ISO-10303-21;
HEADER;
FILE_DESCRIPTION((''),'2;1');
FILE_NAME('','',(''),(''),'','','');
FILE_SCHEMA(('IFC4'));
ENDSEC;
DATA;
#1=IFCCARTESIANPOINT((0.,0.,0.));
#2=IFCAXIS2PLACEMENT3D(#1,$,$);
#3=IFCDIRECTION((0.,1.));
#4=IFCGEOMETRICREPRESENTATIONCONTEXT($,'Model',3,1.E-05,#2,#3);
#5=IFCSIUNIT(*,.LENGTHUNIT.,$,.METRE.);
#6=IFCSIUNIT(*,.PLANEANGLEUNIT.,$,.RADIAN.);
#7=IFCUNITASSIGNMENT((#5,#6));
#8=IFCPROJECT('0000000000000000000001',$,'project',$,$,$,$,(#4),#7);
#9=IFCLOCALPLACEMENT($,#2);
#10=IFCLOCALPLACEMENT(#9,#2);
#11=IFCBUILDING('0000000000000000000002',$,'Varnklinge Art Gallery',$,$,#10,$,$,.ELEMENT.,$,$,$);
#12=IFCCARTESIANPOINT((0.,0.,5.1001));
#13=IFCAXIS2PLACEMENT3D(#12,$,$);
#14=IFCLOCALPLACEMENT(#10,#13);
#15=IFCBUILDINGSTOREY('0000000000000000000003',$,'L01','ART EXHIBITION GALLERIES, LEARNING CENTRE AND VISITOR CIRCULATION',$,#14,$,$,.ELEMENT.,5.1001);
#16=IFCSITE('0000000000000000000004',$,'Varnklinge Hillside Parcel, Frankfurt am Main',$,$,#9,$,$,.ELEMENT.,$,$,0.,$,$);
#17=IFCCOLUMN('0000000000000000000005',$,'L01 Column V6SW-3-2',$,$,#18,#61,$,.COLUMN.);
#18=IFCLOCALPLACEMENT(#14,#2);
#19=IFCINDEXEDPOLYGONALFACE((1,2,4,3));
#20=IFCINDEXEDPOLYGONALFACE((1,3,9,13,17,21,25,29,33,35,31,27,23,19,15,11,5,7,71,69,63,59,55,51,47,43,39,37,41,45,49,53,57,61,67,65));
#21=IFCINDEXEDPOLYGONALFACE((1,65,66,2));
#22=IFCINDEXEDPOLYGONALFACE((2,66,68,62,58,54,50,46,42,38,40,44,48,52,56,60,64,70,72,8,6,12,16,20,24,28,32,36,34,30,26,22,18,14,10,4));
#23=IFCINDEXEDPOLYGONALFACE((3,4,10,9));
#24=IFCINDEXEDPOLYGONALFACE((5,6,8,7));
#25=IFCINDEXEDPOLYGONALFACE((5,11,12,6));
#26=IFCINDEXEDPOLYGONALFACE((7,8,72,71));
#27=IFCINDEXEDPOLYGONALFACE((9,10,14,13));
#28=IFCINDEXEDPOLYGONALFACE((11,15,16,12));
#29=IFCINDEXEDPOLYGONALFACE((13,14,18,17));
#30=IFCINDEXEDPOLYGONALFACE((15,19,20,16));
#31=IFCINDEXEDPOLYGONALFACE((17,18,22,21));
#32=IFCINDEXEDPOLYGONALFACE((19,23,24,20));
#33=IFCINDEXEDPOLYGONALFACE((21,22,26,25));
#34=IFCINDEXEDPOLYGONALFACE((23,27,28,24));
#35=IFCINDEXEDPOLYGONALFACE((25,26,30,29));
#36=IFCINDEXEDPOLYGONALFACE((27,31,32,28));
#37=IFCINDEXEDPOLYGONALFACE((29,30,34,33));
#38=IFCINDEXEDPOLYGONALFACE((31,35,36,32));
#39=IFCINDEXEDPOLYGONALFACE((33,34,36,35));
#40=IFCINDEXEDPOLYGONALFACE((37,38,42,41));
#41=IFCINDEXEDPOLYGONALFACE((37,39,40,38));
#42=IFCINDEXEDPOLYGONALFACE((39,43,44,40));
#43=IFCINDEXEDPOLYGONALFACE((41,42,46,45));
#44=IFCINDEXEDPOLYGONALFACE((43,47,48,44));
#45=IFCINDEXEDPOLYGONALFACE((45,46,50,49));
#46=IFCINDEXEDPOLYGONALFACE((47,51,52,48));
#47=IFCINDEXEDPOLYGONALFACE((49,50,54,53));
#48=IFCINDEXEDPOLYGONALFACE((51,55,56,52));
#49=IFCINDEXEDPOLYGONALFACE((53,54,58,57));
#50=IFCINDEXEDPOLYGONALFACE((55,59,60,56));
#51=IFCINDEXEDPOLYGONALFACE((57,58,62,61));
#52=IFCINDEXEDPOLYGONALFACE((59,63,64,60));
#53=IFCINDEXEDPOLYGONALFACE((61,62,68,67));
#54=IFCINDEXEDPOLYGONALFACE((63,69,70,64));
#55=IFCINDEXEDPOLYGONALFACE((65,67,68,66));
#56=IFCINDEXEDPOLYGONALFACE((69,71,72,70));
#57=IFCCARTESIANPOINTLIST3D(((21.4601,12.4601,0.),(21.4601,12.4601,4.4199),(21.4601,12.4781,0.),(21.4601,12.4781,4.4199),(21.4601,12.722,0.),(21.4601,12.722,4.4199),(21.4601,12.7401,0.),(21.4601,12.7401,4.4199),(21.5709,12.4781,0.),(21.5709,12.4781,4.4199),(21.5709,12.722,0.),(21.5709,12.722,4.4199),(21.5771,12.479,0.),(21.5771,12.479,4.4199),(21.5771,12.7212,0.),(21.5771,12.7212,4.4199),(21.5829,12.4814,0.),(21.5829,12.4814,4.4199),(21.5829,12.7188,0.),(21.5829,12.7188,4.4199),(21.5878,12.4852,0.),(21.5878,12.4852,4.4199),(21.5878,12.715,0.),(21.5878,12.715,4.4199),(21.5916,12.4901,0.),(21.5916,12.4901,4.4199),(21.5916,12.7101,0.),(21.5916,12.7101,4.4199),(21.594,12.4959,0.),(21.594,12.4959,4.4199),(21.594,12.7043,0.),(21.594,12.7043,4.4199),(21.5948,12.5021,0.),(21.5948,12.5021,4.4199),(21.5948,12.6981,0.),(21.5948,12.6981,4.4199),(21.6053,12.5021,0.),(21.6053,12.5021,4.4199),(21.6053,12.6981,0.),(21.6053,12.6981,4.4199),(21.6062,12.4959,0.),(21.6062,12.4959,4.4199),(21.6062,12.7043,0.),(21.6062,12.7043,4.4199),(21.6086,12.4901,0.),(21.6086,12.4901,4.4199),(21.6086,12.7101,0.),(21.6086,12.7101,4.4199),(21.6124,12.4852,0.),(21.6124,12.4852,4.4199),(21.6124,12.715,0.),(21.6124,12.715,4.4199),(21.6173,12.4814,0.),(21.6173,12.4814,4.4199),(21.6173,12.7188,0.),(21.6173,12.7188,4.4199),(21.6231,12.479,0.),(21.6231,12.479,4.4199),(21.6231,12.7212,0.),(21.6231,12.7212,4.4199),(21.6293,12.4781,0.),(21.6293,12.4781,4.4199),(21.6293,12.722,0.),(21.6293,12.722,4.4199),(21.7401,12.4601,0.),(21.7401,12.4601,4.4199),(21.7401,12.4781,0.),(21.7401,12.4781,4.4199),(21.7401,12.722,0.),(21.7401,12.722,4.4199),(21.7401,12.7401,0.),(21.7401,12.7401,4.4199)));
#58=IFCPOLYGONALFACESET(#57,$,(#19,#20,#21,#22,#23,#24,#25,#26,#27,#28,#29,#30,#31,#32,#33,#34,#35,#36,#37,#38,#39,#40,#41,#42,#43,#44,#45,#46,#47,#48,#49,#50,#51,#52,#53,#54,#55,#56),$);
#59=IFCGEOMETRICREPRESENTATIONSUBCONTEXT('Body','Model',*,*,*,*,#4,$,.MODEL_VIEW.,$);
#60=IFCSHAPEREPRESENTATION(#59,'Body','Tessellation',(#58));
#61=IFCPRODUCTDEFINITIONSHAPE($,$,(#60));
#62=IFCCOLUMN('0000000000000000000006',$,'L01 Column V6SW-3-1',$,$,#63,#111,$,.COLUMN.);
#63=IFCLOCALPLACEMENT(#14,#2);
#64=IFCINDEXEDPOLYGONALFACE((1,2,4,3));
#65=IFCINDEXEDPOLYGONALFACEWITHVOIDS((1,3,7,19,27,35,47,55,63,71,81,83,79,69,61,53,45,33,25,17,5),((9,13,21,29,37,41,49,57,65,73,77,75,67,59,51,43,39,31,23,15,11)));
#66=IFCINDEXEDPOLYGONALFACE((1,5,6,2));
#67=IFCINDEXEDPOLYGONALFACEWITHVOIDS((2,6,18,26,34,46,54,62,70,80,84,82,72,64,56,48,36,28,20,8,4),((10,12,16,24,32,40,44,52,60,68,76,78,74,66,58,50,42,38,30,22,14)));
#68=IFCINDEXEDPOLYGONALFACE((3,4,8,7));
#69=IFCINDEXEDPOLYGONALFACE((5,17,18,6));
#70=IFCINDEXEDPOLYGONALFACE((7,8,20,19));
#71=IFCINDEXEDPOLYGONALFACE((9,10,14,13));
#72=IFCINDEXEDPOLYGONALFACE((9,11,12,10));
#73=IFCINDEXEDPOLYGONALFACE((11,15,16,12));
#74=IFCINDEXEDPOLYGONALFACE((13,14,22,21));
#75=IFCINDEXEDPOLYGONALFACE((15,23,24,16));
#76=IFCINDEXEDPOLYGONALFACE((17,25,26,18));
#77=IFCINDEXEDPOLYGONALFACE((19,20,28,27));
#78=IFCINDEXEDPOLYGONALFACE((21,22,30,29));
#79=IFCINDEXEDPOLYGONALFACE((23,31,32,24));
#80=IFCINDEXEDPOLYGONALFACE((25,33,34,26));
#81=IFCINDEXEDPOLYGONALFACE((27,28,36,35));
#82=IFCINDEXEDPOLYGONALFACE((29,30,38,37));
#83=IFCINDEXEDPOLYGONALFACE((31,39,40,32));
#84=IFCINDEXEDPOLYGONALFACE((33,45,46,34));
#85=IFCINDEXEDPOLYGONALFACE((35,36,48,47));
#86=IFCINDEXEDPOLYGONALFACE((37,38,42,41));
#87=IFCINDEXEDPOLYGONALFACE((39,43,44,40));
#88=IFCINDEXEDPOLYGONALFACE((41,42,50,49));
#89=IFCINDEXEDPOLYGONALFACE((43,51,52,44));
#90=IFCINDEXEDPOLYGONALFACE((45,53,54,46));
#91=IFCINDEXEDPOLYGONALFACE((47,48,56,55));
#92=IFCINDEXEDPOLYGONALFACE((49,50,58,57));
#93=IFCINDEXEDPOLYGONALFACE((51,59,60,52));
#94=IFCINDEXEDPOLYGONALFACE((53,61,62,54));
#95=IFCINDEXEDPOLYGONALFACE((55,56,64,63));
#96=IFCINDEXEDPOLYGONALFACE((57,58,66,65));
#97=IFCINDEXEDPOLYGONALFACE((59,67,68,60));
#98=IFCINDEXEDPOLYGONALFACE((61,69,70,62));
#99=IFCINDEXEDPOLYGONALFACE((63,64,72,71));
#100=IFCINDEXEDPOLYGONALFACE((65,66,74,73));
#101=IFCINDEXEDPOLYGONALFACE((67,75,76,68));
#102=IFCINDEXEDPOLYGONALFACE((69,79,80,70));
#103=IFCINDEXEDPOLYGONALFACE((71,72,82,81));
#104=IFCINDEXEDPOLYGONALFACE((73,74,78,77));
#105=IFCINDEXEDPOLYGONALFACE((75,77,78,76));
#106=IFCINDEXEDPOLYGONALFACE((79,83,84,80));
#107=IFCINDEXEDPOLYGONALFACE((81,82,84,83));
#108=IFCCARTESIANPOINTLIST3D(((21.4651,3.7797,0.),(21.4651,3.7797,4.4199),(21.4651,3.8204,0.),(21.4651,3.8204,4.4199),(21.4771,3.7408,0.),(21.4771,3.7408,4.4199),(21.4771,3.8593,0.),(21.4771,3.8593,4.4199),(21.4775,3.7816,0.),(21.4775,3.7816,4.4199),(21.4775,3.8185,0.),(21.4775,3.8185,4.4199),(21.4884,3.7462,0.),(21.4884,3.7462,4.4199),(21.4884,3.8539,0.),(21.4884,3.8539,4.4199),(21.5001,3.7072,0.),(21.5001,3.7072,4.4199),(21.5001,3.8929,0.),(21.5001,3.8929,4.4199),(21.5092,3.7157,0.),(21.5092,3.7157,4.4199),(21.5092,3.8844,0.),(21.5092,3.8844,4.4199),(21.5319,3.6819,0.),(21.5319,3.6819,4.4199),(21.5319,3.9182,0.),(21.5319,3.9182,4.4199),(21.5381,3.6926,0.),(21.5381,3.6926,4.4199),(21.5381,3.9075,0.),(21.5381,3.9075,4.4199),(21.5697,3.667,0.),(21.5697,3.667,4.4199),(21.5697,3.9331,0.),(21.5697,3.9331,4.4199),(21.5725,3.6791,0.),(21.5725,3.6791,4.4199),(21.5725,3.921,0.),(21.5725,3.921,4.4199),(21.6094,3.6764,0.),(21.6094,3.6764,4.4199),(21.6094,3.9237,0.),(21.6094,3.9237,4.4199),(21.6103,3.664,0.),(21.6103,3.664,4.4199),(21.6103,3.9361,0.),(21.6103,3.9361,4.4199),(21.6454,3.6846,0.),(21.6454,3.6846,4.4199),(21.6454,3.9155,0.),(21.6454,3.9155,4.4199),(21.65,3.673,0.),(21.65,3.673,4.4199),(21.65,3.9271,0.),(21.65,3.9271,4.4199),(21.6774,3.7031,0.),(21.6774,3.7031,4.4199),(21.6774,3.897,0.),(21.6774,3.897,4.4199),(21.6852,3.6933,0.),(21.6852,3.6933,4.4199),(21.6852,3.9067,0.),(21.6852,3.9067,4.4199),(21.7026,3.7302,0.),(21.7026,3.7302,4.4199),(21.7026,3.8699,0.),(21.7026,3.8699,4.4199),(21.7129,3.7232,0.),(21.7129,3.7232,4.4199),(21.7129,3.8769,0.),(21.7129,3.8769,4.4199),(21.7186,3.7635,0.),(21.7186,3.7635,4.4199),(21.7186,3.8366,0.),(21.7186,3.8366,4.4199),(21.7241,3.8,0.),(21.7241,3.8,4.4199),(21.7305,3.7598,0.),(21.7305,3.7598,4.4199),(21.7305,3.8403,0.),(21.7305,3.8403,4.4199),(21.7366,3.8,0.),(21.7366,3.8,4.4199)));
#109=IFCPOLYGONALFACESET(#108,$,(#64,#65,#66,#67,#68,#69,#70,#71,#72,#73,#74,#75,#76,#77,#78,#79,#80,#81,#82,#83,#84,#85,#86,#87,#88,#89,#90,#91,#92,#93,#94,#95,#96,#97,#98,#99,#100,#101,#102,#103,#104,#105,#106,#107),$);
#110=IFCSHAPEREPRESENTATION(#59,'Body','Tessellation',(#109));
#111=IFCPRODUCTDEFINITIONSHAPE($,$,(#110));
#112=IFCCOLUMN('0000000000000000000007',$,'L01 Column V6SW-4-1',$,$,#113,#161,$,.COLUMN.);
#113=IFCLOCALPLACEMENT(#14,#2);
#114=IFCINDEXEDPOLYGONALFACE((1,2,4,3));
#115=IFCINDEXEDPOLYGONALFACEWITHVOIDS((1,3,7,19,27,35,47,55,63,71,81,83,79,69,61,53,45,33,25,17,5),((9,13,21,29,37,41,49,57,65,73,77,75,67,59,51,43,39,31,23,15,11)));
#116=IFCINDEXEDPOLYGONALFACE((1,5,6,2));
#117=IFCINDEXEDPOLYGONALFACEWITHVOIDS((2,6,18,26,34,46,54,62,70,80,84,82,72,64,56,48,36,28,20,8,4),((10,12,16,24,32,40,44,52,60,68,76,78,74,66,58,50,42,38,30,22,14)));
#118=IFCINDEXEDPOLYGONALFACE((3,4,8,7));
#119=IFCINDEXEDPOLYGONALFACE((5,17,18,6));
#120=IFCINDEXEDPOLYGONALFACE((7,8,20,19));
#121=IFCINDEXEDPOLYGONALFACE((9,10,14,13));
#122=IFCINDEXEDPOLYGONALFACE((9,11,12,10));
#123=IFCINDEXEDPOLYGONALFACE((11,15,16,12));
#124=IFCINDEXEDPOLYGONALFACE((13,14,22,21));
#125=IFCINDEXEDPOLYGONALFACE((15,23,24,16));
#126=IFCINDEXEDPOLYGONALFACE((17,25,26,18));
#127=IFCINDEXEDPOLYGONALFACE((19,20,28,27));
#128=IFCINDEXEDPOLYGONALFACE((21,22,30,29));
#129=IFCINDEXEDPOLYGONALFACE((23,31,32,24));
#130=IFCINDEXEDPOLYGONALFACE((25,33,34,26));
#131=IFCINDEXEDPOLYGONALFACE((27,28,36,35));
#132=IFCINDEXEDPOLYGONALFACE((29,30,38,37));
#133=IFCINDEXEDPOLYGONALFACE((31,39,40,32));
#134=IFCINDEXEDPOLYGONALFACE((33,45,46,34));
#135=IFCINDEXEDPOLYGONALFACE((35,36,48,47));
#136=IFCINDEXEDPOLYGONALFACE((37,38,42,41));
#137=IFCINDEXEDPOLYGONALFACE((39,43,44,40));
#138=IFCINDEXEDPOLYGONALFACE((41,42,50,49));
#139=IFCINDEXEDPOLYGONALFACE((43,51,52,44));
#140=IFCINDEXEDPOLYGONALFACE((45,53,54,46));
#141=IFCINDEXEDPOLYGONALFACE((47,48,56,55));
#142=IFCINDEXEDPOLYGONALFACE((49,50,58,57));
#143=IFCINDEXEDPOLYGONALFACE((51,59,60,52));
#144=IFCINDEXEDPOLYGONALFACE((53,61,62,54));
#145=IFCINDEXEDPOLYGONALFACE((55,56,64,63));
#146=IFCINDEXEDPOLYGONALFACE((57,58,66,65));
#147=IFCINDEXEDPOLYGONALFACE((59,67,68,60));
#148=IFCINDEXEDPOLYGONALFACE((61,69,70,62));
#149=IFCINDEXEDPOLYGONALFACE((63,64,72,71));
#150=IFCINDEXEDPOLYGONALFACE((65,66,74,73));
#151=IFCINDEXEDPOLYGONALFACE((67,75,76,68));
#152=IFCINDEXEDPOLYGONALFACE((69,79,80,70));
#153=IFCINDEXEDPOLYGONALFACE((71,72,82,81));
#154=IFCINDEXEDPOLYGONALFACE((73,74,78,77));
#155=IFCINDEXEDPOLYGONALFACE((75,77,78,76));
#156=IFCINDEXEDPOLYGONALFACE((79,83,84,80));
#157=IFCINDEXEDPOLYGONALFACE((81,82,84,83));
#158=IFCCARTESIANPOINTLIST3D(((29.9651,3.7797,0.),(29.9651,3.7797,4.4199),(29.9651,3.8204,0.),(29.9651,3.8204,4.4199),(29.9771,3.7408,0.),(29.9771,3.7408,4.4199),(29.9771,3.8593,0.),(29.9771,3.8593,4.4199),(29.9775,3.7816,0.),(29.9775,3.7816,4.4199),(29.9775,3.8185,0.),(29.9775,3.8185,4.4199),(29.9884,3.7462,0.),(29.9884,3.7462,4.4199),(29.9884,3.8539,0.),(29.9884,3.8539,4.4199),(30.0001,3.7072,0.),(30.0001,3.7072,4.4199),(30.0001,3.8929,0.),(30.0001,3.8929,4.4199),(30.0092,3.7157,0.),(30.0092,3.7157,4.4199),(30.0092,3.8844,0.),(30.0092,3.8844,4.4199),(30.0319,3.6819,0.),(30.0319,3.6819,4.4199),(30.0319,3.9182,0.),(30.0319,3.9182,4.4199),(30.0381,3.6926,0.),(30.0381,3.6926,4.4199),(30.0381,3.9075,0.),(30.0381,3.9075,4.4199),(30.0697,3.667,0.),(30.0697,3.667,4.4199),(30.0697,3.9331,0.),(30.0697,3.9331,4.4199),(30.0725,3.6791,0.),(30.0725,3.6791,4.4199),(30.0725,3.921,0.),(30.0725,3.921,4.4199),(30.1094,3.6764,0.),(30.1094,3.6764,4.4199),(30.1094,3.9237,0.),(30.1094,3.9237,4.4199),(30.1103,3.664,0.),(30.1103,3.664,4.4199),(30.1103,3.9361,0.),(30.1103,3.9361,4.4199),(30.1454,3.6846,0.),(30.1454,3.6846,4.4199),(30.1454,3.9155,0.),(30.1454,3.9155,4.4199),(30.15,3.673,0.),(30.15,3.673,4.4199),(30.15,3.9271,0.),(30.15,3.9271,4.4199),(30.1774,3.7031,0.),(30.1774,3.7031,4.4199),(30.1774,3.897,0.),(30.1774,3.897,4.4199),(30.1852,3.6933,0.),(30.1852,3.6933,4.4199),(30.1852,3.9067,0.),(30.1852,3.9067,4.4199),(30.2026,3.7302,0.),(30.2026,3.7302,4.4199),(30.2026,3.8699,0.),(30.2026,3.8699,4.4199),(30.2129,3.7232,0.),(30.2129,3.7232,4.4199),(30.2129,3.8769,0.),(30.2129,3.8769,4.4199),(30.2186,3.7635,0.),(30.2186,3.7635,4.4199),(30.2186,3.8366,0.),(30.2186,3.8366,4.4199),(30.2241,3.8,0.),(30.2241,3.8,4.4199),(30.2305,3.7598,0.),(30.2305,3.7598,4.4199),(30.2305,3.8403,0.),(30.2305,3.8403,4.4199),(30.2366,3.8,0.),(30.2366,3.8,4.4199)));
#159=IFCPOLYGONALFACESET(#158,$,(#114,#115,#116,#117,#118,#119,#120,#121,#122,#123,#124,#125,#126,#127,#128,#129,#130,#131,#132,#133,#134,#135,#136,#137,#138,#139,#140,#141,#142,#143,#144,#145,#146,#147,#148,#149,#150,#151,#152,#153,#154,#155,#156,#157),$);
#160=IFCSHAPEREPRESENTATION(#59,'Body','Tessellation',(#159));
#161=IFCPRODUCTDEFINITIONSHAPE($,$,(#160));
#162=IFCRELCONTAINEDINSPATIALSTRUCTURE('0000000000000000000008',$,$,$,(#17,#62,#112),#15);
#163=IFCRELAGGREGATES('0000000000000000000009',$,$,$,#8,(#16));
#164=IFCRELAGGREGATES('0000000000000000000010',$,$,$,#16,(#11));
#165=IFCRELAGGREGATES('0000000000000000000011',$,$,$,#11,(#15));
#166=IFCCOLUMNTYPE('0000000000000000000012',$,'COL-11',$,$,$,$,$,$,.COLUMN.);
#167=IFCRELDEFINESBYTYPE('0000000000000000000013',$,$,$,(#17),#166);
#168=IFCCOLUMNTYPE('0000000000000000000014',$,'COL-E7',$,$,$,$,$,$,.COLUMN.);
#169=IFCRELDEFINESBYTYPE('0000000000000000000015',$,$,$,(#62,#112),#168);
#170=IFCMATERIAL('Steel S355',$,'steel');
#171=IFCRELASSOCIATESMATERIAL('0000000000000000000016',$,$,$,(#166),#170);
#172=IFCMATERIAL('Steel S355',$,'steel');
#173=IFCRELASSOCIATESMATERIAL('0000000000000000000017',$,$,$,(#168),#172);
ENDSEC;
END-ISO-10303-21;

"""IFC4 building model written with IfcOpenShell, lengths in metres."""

from ifc_helpers import new_model, si_unit, direction, frame, origin, origin_2d, place, context, subcontext, project, spatial, hollow_circle, i_section, extrude, material, material_profile, profile_set, type_object, element, save


model = new_model("IFC4")

# Units and contexts
model_context = context("Model", 3, precision=1e-05, world=origin(), true_north=direction((0.0, 1.0)))
body_context = subcontext(model_context, "Body", "Model", "MODEL_VIEW")
ifc_project = project(units=[si_unit("LENGTHUNIT", "METRE"), si_unit("PLANEANGLEUNIT", "RADIAN")], contexts=[model_context])

# Site, building, storey
site_placement = place(None, origin())
site = spatial("IfcSite", under=ifc_project, at=site_placement, Name="Varnklinge Hillside Parcel, Frankfurt am Main", CompositionType="ELEMENT", RefElevation=0.0)
building_placement = place(site_placement, origin())
building = spatial("IfcBuilding", under=site, at=building_placement, Name="Varnklinge Art Gallery", CompositionType="ELEMENT")
storey_placement = place(building_placement, frame((0.0, 0.0, 5.1001)))
storey = spatial("IfcBuildingStorey", under=building, at=storey_placement, Name="L01", Description="ART EXHIBITION GALLERIES, LEARNING CENTRE AND VISITOR CIRCULATION", CompositionType="ELEMENT", Elevation=5.1001)

# Columns
ifc_material_1 = material(Name="Steel S355", Category="steel")
ifc_material_profile_1 = material_profile(ifc_material_1, i_section(OverallWidth=0.28, OverallDepth=0.28, WebThickness=0.0105, FlangeThickness=0.0181, FilletRadius=0.0239, at=origin_2d()), Name="HEB 280")
ifc_profile_set_1 = profile_set([ifc_material_profile_1], Name="Steel S355")
column_type_1 = type_object("IfcColumnType", Name="COL-11", PredefinedType="COLUMN", material=ifc_profile_set_1)
column_placement = place(storey_placement, frame((21.6001, 12.6001, 0.0), z_axis=(0.0, 0.0, 1.0), x_axis=(1.0, 0.0, 0.0)))
element("IfcColumn", 1, at=column_placement, inside=storey, type_object=column_type_1, Name="L01 Column V6SW-3-2", PredefinedType="COLUMN", context=body_context, shape_type="SweptSolid", body=[
    extrude(i_section(OverallWidth=0.28, OverallDepth=0.28, WebThickness=0.0105, FlangeThickness=0.0181, FilletRadius=0.0239, at=origin_2d()), origin(), (0.0, 0.0, 1.0), 4.4199),
])
ifc_material_2 = material(Name="Steel S355", Category="steel")
ifc_material_profile_2 = material_profile(ifc_material_2, hollow_circle(Radius=0.1365, WallThickness=0.0125, at=origin_2d()), Name="CHS 273x12.5")
ifc_profile_set_2 = profile_set([ifc_material_profile_2], Name="Steel S355")
column_type_2 = type_object("IfcColumnType", Name="COL-E7", PredefinedType="COLUMN", material=ifc_profile_set_2)
for number, where, z_axis, x_axis, name in (
    (2, (21.6001, 3.8, 0.0), (0.0, 0.0, 1.0), (1.0, 0.0, 0.0), "L01 Column V6SW-3-1"),
    (3, (30.1001, 3.8, 0.0), (0.0, 0.0, 1.0), (1.0, 0.0, 0.0), "L01 Column V6SW-4-1"),
):
    element("IfcColumn", number, at=place(storey_placement, frame(where, z_axis=z_axis, x_axis=x_axis)), inside=storey, type_object=column_type_2, Name=name, PredefinedType="COLUMN", context=body_context, shape_type="SweptSolid", body=[
        extrude(hollow_circle(Radius=0.1365, WallThickness=0.0125, at=origin_2d()), origin(), (0.0, 0.0, 1.0), 4.4199),
    ])

save(model, "model.ifc")
